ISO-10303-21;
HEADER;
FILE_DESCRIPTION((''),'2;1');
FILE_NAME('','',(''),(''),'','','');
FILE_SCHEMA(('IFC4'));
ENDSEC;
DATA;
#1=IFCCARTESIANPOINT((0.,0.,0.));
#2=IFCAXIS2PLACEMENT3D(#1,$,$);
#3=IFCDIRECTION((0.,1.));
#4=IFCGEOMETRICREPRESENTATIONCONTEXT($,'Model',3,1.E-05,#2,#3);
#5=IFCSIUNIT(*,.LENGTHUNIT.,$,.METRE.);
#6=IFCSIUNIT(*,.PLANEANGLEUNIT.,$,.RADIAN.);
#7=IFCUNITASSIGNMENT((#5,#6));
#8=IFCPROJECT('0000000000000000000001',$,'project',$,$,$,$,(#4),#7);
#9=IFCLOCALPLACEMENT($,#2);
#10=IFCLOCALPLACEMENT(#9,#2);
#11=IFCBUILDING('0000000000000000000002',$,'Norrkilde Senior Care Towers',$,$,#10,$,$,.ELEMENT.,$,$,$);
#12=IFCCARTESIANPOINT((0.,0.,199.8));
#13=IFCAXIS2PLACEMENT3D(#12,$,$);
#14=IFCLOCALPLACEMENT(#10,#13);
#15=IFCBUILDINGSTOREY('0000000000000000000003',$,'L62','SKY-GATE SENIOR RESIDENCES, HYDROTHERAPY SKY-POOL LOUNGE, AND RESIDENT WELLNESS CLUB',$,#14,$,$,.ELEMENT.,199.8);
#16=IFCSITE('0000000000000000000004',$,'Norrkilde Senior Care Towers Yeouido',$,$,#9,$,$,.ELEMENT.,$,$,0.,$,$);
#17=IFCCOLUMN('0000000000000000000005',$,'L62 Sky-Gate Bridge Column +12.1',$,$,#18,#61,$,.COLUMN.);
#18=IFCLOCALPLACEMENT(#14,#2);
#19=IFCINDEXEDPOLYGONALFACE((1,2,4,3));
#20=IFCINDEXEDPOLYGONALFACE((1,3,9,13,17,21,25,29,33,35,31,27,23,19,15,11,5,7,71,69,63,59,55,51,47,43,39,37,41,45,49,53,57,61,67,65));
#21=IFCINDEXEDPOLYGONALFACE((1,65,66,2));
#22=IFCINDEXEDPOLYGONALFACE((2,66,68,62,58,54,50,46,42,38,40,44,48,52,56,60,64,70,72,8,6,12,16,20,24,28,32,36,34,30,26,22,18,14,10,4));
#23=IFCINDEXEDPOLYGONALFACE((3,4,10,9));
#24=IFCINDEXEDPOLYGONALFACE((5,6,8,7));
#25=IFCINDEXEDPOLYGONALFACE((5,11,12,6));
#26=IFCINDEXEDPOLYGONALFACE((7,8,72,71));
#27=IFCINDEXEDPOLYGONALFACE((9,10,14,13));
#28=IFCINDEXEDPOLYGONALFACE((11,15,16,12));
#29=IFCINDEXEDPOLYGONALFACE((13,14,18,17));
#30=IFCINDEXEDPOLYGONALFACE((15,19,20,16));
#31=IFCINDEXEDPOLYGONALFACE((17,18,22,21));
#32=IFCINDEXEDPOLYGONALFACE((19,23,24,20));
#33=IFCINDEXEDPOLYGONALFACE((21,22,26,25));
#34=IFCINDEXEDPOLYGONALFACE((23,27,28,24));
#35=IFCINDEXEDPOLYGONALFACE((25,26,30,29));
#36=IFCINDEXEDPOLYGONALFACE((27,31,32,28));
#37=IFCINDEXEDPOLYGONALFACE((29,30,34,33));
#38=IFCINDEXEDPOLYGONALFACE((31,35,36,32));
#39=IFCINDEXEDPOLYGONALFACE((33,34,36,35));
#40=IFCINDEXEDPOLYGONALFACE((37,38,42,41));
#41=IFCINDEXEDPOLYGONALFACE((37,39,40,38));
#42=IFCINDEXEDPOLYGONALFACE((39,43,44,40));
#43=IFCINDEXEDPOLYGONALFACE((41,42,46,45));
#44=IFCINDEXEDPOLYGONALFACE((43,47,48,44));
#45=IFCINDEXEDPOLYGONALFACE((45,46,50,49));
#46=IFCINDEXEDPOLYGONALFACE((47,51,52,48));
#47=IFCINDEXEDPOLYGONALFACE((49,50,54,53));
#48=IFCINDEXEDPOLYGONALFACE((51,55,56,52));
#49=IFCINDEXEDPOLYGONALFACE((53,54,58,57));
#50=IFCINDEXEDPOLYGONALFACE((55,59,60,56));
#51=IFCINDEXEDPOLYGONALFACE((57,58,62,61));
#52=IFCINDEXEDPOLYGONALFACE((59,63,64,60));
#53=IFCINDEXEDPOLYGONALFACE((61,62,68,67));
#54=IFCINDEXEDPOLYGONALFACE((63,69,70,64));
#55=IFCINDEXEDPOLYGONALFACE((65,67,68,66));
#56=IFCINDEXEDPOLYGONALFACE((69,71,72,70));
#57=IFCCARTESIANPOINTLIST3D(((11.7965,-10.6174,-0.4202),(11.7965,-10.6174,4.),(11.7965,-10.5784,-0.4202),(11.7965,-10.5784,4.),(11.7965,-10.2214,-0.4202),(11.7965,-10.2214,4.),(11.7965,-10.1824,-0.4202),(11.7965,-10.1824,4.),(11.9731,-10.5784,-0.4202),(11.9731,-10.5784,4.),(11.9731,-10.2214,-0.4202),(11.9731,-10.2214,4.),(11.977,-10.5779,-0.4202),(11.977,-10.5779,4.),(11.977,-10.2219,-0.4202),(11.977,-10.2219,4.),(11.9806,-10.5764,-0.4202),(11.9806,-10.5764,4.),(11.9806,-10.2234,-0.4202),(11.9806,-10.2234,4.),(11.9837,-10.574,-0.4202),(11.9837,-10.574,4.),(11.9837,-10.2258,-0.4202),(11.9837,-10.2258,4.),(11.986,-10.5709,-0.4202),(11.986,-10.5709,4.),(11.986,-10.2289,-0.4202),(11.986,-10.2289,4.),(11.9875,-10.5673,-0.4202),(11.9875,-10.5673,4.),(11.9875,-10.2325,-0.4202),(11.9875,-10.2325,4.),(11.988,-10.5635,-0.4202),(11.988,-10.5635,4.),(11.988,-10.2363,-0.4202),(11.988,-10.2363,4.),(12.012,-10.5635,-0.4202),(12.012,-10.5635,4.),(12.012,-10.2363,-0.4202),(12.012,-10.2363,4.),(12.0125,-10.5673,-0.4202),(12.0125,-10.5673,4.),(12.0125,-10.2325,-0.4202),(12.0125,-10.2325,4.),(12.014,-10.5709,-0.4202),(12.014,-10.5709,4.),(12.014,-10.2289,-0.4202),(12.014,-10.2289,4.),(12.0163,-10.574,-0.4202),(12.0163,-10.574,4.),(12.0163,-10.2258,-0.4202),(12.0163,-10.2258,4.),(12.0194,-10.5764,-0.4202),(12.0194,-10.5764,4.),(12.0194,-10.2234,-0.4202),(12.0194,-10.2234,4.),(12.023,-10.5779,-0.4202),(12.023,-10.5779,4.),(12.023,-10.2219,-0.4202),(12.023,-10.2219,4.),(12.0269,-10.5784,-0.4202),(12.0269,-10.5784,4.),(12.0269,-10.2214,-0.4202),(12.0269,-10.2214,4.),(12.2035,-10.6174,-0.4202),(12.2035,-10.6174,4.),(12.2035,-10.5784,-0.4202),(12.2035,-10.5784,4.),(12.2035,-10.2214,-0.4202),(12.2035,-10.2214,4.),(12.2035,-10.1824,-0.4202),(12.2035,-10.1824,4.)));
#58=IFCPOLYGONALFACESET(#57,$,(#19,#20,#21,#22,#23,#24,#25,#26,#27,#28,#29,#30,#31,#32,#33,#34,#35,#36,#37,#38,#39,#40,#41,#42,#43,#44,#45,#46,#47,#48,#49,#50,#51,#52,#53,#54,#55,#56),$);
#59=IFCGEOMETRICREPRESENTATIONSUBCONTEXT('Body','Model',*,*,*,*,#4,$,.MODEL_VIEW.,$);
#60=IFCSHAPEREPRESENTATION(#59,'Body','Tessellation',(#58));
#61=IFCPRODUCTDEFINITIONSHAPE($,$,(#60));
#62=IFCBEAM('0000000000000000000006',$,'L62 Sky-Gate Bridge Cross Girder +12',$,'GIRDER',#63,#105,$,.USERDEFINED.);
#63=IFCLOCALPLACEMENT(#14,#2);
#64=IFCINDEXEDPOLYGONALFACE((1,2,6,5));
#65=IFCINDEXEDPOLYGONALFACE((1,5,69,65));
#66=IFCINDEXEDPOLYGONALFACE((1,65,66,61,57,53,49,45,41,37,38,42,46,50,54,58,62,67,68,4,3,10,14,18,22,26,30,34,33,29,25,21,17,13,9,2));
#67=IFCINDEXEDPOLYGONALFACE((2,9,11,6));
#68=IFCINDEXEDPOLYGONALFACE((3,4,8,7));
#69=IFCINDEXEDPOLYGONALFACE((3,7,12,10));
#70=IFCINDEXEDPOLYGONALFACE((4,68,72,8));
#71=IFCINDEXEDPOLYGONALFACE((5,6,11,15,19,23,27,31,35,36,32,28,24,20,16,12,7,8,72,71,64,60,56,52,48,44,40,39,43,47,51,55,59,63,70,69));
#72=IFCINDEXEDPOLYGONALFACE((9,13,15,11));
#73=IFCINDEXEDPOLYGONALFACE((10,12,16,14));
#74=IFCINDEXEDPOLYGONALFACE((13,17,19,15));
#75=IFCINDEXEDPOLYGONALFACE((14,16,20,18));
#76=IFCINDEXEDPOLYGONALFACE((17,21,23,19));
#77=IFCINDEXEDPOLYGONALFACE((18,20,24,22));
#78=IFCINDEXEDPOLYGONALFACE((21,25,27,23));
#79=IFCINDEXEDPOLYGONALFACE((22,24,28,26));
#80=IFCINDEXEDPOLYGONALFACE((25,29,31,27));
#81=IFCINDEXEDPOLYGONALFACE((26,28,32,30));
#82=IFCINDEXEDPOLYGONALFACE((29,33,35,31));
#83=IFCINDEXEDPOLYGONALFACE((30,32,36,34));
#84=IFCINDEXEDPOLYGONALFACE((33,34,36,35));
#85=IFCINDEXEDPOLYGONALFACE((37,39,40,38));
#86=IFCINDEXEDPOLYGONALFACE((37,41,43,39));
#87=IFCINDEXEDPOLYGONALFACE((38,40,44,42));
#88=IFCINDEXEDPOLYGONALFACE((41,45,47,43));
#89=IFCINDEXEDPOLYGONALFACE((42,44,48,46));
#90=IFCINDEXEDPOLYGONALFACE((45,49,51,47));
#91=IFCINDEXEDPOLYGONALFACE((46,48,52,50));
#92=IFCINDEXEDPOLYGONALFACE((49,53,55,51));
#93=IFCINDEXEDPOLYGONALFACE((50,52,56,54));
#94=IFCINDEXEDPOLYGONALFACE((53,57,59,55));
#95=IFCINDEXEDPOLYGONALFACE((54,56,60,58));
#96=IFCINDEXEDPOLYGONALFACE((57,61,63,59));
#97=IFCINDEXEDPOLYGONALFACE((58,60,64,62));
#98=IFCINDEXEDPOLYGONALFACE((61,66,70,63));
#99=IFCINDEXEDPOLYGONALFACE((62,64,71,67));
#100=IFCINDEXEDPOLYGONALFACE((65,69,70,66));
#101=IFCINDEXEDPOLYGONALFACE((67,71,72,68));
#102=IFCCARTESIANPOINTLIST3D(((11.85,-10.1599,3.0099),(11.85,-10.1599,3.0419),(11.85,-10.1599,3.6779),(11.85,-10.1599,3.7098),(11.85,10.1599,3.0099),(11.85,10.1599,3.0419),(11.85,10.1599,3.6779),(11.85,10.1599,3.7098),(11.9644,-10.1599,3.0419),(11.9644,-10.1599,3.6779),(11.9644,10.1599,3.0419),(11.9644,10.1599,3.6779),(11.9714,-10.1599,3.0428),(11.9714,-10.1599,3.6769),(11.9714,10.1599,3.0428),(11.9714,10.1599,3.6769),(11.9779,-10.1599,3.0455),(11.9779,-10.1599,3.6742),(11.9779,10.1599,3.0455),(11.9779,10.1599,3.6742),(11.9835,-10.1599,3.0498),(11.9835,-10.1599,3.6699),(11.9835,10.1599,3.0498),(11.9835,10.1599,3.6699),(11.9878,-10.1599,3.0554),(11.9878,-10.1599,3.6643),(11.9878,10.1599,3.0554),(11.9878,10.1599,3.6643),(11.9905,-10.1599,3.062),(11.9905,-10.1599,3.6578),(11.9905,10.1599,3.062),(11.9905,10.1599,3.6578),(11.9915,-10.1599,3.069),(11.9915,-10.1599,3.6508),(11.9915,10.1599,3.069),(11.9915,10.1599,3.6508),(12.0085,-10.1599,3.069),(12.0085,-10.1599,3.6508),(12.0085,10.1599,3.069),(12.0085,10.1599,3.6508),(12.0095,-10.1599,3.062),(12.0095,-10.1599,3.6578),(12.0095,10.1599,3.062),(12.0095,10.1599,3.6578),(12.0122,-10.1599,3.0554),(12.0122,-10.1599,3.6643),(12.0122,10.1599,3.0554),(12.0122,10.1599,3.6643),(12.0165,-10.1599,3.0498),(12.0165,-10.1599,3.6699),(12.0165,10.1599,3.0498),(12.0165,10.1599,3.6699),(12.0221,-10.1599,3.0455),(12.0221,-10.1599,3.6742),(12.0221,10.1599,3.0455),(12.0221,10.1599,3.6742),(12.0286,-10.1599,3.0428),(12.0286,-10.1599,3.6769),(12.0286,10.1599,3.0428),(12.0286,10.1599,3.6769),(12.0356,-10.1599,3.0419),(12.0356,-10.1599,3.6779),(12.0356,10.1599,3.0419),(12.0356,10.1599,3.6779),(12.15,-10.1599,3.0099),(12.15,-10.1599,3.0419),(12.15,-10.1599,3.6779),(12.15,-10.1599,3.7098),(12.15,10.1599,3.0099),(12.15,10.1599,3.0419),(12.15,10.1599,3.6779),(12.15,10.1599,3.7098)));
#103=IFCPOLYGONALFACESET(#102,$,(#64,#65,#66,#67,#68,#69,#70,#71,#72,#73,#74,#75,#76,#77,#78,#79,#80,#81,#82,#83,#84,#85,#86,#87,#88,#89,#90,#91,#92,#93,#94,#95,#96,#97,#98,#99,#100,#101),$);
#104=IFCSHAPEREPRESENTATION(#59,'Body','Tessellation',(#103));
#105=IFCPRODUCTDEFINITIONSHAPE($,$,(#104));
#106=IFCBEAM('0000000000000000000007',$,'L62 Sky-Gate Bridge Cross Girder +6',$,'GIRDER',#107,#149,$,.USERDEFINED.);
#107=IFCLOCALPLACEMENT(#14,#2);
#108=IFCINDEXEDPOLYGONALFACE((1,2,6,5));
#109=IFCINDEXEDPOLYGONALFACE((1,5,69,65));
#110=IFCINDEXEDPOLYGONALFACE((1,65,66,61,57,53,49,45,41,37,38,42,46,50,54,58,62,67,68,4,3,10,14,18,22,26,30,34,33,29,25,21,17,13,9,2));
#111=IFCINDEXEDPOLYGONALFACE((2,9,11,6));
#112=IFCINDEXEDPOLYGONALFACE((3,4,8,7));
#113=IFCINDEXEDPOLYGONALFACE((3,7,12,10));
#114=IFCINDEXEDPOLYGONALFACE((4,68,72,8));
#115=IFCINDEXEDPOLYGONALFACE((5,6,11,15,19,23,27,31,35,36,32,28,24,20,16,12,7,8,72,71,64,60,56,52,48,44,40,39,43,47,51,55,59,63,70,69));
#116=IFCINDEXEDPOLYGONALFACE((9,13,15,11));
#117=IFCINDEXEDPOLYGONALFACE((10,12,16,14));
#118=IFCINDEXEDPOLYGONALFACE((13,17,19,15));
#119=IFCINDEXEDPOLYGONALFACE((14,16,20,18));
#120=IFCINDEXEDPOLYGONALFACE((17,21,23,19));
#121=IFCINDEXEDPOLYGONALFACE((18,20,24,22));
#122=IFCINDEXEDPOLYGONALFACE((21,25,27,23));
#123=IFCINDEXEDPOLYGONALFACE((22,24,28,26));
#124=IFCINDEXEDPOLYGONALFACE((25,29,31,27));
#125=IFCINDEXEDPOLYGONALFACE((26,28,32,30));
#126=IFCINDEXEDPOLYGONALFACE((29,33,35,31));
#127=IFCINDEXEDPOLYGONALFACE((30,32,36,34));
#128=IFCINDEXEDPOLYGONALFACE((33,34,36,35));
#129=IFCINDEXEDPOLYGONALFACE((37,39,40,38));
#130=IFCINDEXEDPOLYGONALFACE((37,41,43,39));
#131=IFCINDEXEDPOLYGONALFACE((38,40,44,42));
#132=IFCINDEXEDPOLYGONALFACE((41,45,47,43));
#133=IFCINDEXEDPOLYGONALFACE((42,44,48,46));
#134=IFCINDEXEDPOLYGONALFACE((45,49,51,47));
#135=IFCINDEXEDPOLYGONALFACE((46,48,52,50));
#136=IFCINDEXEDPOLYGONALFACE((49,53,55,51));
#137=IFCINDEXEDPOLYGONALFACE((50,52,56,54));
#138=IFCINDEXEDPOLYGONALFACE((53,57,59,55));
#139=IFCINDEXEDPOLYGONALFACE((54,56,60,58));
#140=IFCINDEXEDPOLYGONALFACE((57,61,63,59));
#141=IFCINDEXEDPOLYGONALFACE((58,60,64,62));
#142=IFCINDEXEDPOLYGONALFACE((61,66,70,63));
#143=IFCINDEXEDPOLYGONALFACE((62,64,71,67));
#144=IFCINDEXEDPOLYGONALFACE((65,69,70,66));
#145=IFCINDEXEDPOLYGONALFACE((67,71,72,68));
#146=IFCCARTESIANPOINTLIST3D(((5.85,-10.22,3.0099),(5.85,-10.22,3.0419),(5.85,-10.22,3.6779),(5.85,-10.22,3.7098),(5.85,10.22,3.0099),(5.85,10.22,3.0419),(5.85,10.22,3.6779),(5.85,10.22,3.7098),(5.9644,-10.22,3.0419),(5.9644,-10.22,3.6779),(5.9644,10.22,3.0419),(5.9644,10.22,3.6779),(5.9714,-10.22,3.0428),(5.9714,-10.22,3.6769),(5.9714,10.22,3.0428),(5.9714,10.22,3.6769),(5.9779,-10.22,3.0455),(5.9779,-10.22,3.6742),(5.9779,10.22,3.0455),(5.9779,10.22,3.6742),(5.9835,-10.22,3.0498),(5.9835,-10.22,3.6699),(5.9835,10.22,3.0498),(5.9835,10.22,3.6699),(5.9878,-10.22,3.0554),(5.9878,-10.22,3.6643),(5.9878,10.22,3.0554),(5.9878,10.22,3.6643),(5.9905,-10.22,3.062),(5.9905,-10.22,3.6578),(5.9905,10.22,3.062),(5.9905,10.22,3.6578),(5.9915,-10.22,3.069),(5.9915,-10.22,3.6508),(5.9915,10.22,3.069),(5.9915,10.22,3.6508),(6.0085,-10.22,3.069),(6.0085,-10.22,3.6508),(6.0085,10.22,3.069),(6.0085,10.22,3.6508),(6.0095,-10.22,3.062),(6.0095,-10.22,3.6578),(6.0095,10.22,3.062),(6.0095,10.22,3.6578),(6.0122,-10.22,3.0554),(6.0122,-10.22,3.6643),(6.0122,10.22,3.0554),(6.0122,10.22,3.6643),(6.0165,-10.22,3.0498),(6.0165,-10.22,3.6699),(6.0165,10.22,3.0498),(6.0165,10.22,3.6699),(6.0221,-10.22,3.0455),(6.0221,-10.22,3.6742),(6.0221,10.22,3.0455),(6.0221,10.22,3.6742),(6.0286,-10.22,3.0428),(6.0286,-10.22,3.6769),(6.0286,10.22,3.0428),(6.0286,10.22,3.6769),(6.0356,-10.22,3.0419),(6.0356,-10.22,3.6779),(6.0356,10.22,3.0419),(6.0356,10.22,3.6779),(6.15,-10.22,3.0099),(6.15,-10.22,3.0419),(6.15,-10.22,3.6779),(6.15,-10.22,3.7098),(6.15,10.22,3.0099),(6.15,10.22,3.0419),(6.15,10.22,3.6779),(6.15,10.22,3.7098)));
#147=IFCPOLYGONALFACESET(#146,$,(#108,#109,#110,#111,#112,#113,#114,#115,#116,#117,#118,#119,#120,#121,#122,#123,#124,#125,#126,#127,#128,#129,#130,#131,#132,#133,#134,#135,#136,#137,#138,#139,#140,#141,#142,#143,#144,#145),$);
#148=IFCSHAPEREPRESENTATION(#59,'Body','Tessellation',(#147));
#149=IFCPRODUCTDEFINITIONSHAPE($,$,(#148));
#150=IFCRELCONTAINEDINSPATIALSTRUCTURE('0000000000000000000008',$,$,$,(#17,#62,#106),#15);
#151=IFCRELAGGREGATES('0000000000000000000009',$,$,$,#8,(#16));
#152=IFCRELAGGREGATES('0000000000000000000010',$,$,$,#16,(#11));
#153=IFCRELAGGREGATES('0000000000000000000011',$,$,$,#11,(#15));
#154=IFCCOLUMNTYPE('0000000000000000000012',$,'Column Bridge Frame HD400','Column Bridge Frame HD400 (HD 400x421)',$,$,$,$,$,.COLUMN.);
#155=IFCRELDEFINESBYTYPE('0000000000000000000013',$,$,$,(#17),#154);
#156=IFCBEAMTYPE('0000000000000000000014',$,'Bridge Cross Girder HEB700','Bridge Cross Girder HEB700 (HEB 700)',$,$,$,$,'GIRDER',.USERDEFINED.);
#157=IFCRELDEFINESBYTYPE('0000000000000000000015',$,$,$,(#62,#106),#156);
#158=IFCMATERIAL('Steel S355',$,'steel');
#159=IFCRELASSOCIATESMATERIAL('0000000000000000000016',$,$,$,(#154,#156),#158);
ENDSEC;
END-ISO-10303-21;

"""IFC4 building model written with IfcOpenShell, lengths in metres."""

from ifc_helpers import new_model, si_unit, direction, frame, origin, origin_2d, place, context, subcontext, project, spatial, i_section, extrude, source, transform, mapped, material, material_profile, profile_set, type_object, type_shapes, element, save


model = new_model("IFC4")

# Units and contexts
model_context = context("Model", 3, precision=1e-05, world=origin(), true_north=direction((0.0, 1.0)))
body_context = subcontext(model_context, "Body", "Model", "MODEL_VIEW")
ifc_project = project(units=[si_unit("LENGTHUNIT", "METRE"), si_unit("PLANEANGLEUNIT", "RADIAN")], contexts=[model_context])

# Site, building, storey
site_placement = place(None, origin())
site = spatial("IfcSite", under=ifc_project, at=site_placement, Name="Norrkilde Senior Care Towers Yeouido", CompositionType="ELEMENT", RefElevation=0.0)
building_placement = place(site_placement, origin())
building = spatial("IfcBuilding", under=site, at=building_placement, Name="Norrkilde Senior Care Towers", CompositionType="ELEMENT")
storey_placement = place(building_placement, frame((0.0, 0.0, 199.8)))
storey = spatial("IfcBuildingStorey", under=building, at=storey_placement, Name="L62", Description="SKY-GATE SENIOR RESIDENCES, HYDROTHERAPY SKY-POOL LOUNGE, AND RESIDENT WELLNESS CLUB", CompositionType="ELEMENT", Elevation=199.8)

# Column
ifc_material_1 = material(Name="Steel S355", Category="steel")
ifc_material_profile_1 = material_profile(ifc_material_1, i_section(OverallWidth=0.407, OverallDepth=0.4351, WebThickness=0.0239, FlangeThickness=0.0391, FilletRadius=0.0149, at=origin_2d()), Name="HD 400x421")
ifc_profile_set_1 = profile_set([ifc_material_profile_1], Name="Steel S355")
column_type = type_object("IfcColumnType", Name="Column Bridge Frame HD400", Description="Column Bridge Frame HD400 (HD 400x421)", PredefinedType="COLUMN", material=ifc_profile_set_1)
shared_shape_1 = source(origin(), body_context, "Body", "SweptSolid", [
    extrude(i_section(OverallWidth=0.407, OverallDepth=0.4351, WebThickness=0.0239, FlangeThickness=0.0391, FilletRadius=0.0149, at=origin_2d()), origin(), (0.0, 0.0, 1.0), 4.4202),
])
type_shapes(column_type, [shared_shape_1])
column_placement = place(storey_placement, frame((12.0, -10.3999, -0.4202), z_axis=(0.0, 0.0, 1.0), x_axis=(1.0, 0.0, 0.0)))
element("IfcColumn", 1, at=column_placement, inside=storey, type_object=column_type, Name="L62 Sky-Gate Bridge Column +12.1", PredefinedType="COLUMN", context=body_context, shape_type="MappedRepresentation", body=[
    mapped(shared_shape_1, transform((0.0, 0.0, 0.0), x_axis=(1.0, 0.0, 0.0), y_axis=(0.0, 1.0, 0.0), z_axis=(0.0, 0.0, 1.0), scale=1.0)),
])

# Beams
ifc_material_profile_2 = material_profile(ifc_material_1, i_section(OverallWidth=0.3, OverallDepth=0.7, WebThickness=0.0171, FlangeThickness=0.032, FilletRadius=0.0271, at=origin_2d()), Name="HEB 700")
ifc_profile_set_2 = profile_set([ifc_material_profile_2], Name="Steel S355")
beam_type_1 = type_object("IfcBeamType", Name="Bridge Cross Girder HEB700", Description="Bridge Cross Girder HEB700 (HEB 700)", ElementType="GIRDER", PredefinedType="USERDEFINED", material=ifc_profile_set_2)
shared_shape_2 = source(origin(), body_context, "Body", "SweptSolid", [
    extrude(i_section(OverallWidth=0.3, OverallDepth=0.7, WebThickness=0.0171, FlangeThickness=0.032, FilletRadius=0.0271, at=origin_2d()), origin(), (0.0, 0.0, 1.0), 20.3198),
])
beam_1_placement = place(storey_placement, frame((12.0, -10.1599, 3.3599), z_axis=(0.0, 1.0, 0.0), x_axis=(-1.0, 0.0, 0.0)))
element("IfcBeam", 2, at=beam_1_placement, inside=storey, type_object=beam_type_1, Name="L62 Sky-Gate Bridge Cross Girder +12", ObjectType="GIRDER", PredefinedType="USERDEFINED", context=body_context, shape_type="MappedRepresentation", body=[
    mapped(shared_shape_2, transform((0.0, 0.0, 0.0), x_axis=(1.0, 0.0, 0.0), y_axis=(0.0, 1.0, 0.0), z_axis=(0.0, 0.0, 1.0), scale=1.0)),
])
shared_shape_3 = source(origin(), body_context, "Body", "SweptSolid", [
    extrude(i_section(OverallWidth=0.3, OverallDepth=0.7, WebThickness=0.0171, FlangeThickness=0.032, FilletRadius=0.0271, at=origin_2d()), origin(), (0.0, 0.0, 1.0), 20.4399),
])
type_shapes(beam_type_1, [shared_shape_2, shared_shape_3])
beam_2_placement = place(storey_placement, frame((6.0, -10.22, 3.3599), z_axis=(0.0, 1.0, 0.0), x_axis=(-1.0, 0.0, 0.0)))
element("IfcBeam", 3, at=beam_2_placement, inside=storey, type_object=beam_type_1, Name="L62 Sky-Gate Bridge Cross Girder +6", ObjectType="GIRDER", PredefinedType="USERDEFINED", context=body_context, shape_type="MappedRepresentation", body=[
    mapped(shared_shape_3, transform((0.0, 0.0, 0.0), x_axis=(1.0, 0.0, 0.0), y_axis=(0.0, 1.0, 0.0), z_axis=(0.0, 0.0, 1.0), scale=1.0)),
])

save(model, "model.ifc")
